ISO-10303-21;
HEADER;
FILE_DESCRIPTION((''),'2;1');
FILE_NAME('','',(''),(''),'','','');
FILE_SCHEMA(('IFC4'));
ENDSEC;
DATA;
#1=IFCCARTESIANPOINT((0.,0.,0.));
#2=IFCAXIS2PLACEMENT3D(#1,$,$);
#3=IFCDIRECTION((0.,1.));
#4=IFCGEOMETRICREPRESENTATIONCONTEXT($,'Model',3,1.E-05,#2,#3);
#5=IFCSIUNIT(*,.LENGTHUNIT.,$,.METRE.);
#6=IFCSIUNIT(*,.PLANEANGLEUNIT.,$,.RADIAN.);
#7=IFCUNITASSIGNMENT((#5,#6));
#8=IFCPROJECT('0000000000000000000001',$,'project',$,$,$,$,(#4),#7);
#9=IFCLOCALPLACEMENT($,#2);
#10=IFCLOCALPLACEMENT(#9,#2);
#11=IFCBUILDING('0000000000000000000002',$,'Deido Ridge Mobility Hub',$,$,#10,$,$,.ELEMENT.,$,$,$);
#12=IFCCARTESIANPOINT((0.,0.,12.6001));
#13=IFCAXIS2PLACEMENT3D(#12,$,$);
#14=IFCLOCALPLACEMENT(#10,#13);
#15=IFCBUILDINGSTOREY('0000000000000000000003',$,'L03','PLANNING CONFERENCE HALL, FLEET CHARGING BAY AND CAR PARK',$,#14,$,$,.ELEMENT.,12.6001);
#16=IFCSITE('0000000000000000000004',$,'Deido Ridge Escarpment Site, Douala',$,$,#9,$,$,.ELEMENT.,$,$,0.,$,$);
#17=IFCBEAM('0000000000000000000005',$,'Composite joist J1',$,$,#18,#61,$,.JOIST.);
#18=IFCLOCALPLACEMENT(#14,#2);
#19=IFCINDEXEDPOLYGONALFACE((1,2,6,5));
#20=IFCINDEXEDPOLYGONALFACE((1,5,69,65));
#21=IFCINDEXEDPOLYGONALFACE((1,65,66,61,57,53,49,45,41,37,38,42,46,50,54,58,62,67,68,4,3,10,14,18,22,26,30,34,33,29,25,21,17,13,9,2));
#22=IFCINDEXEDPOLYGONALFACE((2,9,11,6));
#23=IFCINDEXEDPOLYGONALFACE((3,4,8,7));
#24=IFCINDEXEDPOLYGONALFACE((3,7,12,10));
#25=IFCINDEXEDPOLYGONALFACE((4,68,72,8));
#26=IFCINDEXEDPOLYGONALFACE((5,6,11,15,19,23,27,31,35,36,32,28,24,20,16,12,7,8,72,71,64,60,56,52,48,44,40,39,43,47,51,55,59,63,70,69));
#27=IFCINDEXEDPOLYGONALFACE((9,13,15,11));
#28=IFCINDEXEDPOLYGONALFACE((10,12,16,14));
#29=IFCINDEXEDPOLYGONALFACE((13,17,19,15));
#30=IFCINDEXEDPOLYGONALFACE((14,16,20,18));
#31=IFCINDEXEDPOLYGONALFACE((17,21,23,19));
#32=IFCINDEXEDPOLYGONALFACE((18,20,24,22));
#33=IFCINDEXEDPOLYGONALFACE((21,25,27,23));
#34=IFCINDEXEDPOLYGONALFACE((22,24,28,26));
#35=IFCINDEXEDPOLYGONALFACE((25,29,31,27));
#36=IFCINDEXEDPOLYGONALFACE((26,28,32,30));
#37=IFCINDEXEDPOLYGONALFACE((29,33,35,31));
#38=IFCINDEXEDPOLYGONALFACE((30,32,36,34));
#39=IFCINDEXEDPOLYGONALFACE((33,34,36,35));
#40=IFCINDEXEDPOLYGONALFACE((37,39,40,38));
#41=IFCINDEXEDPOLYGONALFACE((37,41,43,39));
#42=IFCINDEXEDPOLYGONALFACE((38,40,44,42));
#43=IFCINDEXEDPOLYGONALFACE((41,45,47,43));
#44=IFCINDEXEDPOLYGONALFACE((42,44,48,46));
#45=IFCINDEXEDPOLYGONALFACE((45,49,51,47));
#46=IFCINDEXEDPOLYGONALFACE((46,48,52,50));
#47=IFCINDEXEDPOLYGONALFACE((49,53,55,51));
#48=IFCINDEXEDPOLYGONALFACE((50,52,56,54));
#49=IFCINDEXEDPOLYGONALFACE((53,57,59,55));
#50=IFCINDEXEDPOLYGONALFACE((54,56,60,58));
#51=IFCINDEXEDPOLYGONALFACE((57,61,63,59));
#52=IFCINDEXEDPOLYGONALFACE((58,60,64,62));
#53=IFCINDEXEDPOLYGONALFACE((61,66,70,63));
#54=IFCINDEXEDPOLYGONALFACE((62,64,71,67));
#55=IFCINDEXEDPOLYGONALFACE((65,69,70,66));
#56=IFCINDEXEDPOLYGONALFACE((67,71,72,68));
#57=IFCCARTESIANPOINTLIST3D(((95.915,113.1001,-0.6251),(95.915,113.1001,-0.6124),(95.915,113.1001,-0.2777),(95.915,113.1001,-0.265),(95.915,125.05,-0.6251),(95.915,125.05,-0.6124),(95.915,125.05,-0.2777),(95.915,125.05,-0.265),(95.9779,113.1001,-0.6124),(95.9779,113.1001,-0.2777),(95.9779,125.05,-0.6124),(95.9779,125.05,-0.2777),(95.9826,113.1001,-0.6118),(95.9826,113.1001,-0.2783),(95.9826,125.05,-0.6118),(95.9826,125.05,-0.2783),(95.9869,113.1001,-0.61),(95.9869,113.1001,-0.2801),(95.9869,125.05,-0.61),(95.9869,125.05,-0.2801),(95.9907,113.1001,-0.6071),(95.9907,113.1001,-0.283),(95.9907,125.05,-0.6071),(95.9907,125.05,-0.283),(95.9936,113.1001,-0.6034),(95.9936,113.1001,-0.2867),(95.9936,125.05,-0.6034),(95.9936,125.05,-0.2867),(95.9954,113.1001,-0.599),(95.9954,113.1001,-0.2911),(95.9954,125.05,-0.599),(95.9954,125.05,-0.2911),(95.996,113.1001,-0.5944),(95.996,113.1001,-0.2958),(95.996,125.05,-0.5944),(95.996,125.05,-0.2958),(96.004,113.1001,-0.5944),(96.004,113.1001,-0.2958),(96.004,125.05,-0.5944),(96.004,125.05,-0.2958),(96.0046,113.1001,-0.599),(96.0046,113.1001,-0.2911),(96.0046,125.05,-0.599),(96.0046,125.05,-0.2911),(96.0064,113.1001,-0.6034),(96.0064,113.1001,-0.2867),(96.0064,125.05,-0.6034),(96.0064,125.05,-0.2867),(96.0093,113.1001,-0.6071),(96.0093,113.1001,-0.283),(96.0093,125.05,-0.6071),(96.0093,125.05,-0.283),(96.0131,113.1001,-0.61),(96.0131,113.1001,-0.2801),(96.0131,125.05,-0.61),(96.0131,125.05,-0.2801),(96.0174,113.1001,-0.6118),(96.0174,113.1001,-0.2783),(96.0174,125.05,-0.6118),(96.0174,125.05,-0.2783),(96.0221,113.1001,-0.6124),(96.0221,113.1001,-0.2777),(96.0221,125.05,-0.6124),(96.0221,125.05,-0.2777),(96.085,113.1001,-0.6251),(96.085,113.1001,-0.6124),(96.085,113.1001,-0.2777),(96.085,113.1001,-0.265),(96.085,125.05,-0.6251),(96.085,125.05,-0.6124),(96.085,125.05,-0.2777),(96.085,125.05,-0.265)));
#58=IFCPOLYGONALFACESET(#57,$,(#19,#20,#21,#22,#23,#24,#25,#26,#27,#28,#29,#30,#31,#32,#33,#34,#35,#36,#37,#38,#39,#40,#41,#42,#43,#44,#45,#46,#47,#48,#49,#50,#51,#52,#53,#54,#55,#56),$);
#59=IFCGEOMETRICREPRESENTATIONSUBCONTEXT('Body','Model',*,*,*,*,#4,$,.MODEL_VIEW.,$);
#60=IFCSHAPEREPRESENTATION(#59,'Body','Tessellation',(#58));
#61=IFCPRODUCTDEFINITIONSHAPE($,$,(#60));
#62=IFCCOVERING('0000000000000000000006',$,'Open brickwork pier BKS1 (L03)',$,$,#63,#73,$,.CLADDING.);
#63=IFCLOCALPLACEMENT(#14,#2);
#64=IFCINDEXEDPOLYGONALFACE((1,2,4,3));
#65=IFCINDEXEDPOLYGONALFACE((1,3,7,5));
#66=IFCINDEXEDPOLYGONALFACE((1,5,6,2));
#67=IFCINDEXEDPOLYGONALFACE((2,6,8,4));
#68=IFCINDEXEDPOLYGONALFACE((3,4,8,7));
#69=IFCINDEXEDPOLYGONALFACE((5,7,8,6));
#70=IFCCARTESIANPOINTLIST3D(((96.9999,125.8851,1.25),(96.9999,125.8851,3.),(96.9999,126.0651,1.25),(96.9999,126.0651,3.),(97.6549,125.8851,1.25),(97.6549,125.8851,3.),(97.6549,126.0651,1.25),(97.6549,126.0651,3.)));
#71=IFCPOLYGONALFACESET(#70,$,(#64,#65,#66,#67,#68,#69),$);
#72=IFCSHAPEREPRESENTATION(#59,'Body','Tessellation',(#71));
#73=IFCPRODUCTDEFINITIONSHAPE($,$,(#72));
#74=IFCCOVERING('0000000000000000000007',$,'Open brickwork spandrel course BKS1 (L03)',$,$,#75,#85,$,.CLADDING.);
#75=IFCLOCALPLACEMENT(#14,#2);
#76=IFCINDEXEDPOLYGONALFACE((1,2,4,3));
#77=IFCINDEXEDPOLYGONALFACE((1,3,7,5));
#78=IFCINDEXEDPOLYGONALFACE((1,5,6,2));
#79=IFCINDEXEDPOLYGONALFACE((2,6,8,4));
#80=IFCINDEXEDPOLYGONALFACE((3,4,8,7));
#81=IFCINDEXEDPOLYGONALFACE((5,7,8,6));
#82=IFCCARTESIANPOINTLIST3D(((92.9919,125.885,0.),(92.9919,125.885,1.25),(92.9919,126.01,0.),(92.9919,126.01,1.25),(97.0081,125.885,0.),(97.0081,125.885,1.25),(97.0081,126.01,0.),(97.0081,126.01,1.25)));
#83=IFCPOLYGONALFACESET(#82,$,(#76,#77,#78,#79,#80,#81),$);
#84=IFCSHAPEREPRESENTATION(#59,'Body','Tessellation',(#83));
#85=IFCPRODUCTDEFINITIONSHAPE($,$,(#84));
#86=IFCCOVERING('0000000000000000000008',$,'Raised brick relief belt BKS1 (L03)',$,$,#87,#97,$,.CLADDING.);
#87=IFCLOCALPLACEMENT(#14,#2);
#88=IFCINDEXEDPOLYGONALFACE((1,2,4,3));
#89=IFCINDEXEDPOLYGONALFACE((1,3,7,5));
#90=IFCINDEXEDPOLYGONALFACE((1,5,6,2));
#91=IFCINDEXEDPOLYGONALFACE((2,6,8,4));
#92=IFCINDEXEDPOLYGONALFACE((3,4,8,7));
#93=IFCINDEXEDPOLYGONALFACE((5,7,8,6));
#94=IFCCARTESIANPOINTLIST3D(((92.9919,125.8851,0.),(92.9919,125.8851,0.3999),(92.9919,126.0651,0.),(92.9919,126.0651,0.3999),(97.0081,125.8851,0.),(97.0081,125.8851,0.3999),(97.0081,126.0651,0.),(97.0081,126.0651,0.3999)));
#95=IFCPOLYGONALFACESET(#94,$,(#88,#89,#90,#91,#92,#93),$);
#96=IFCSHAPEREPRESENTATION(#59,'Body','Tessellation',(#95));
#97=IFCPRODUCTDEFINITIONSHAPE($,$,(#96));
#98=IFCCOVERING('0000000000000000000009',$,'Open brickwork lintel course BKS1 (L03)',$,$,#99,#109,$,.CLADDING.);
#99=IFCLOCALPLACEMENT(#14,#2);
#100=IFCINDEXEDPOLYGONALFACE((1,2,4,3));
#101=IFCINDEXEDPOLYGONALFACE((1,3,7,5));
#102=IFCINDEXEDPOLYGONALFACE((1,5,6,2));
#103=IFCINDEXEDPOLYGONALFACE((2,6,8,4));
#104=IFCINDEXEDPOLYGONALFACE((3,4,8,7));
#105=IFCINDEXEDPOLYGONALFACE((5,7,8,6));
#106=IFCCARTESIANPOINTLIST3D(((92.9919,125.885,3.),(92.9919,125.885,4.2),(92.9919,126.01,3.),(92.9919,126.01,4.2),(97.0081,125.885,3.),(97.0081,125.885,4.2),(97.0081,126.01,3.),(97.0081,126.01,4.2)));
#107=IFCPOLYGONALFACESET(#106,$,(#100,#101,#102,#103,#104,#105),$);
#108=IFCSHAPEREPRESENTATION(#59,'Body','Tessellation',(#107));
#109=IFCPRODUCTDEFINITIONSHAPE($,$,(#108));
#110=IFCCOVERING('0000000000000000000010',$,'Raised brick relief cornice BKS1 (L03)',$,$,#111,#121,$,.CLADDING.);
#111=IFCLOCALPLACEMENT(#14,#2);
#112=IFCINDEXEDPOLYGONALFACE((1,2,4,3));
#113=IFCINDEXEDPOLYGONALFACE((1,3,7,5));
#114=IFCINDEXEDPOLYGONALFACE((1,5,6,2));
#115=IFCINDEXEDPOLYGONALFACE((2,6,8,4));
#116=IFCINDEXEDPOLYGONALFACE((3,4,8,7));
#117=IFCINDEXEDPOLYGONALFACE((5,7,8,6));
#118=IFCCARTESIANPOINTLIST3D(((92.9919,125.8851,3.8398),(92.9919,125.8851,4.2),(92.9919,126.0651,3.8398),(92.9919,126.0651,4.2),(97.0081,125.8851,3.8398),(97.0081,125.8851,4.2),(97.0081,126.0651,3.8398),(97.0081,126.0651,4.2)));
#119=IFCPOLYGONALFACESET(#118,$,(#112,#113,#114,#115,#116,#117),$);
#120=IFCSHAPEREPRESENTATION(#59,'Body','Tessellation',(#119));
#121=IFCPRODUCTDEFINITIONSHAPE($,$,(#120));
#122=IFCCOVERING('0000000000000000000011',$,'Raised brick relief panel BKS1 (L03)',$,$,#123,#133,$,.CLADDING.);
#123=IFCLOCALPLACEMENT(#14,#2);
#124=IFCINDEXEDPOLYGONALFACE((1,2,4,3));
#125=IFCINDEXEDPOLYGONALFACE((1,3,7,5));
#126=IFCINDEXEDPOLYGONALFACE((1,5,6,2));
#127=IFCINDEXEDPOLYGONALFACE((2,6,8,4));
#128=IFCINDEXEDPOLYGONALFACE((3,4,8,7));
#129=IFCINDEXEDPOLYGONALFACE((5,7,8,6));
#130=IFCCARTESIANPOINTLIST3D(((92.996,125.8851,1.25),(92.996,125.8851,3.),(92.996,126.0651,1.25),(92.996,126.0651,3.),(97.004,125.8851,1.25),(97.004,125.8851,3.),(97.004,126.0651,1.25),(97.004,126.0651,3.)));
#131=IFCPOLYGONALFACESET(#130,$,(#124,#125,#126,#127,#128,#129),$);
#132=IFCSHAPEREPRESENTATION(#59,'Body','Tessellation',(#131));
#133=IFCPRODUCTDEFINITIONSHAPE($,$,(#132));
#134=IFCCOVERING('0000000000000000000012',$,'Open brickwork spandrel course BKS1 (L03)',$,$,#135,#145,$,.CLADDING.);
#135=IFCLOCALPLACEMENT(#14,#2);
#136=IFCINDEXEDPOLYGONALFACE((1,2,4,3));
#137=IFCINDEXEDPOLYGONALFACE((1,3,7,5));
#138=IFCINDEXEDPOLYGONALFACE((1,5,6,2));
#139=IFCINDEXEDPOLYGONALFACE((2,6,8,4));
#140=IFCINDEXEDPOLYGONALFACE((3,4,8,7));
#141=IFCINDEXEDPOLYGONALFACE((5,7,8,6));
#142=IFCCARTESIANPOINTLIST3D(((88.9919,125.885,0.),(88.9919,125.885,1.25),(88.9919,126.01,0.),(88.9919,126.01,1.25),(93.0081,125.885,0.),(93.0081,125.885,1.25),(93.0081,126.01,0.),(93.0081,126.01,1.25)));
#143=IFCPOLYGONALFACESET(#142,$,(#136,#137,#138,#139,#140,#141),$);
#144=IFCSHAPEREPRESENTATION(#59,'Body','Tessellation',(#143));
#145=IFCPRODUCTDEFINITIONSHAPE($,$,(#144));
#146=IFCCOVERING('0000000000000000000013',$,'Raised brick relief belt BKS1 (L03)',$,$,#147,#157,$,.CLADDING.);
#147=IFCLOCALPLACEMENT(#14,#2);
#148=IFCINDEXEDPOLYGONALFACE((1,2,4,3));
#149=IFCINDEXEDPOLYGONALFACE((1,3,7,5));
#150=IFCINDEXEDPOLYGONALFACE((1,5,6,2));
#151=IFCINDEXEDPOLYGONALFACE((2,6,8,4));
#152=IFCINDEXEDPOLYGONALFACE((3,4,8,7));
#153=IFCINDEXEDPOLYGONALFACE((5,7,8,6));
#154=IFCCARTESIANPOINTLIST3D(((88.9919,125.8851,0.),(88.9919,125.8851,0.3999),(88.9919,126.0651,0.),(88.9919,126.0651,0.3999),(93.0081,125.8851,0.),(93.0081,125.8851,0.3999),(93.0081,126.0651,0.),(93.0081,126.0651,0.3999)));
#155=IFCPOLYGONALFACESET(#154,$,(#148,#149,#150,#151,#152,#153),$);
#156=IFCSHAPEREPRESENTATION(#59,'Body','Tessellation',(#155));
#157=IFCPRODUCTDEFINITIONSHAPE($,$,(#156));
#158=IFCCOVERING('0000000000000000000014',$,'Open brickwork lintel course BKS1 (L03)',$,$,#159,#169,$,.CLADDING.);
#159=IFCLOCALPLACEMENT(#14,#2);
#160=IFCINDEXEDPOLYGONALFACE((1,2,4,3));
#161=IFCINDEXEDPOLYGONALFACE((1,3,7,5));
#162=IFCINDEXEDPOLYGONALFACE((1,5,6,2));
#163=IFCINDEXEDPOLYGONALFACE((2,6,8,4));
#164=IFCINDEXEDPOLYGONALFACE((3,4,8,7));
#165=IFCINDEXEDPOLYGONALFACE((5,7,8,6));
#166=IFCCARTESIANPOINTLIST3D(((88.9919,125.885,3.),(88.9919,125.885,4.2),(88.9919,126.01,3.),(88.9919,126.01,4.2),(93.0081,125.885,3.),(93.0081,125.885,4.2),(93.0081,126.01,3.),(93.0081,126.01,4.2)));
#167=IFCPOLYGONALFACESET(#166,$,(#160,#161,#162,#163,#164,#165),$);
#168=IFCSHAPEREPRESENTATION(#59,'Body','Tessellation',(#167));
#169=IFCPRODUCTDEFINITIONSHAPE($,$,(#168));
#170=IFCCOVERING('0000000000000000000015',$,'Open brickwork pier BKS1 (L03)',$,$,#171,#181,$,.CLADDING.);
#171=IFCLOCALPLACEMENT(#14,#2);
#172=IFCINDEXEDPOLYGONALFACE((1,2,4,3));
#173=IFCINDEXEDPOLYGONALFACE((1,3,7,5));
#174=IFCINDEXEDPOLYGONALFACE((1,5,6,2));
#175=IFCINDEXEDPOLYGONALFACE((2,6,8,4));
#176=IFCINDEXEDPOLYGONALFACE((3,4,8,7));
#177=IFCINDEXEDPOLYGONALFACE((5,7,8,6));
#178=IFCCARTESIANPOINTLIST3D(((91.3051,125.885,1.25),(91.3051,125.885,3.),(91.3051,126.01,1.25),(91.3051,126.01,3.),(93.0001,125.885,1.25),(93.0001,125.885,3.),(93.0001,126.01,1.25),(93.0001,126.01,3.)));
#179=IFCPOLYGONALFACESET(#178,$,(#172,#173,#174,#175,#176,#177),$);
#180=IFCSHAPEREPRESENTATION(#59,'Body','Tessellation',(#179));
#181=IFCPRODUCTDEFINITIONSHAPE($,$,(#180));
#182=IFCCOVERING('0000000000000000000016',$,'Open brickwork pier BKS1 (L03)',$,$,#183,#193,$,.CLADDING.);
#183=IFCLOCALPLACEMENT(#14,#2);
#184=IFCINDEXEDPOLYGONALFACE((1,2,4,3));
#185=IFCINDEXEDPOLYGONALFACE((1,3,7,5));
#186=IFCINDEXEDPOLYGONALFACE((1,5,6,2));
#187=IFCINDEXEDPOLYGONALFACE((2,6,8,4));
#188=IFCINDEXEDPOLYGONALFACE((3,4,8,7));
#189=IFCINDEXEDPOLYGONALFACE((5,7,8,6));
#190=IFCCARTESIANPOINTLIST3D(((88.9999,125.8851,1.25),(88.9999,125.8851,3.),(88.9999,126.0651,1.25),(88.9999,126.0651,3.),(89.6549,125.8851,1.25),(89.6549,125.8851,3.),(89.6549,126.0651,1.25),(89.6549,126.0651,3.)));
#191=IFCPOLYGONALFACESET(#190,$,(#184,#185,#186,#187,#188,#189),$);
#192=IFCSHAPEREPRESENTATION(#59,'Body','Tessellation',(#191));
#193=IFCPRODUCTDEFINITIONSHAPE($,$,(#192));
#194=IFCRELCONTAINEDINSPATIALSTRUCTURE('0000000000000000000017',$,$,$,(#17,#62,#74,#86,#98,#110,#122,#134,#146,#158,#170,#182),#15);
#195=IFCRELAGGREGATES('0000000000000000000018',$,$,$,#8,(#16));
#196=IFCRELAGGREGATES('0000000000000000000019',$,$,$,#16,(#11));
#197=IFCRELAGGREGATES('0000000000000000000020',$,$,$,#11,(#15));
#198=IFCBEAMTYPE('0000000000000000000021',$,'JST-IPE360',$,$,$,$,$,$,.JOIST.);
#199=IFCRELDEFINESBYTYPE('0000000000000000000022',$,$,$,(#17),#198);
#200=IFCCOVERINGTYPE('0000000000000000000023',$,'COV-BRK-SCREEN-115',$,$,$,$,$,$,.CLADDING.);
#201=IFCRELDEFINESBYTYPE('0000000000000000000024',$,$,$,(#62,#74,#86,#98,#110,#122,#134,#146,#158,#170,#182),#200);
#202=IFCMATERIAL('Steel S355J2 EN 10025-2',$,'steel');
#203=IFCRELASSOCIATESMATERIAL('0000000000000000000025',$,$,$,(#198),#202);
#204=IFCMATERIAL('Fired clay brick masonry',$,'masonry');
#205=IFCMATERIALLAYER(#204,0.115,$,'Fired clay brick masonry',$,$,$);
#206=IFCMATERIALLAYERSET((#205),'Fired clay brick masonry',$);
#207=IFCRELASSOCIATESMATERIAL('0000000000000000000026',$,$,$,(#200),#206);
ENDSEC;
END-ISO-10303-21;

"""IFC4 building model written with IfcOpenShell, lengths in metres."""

from ifc_helpers import new_model, si_unit, direction, frame, origin, origin_2d, place, context, subcontext, project, spatial, rectangle, i_section, extrude, material, layer, layer_set, material_profile, profile_set, type_object, element, save


model = new_model("IFC4")

# Units and contexts
model_context = context("Model", 3, precision=1e-05, world=origin(), true_north=direction((0.0, 1.0)))
body_context = subcontext(model_context, "Body", "Model", "MODEL_VIEW")
ifc_project = project(units=[si_unit("LENGTHUNIT", "METRE"), si_unit("PLANEANGLEUNIT", "RADIAN")], contexts=[model_context])

# Site, building, storey
site_placement = place(None, origin())
site = spatial("IfcSite", under=ifc_project, at=site_placement, Name="Deido Ridge Escarpment Site, Douala", CompositionType="ELEMENT", RefElevation=0.0)
building_placement = place(site_placement, origin())
building = spatial("IfcBuilding", under=site, at=building_placement, Name="Deido Ridge Mobility Hub", CompositionType="ELEMENT")
storey_placement = place(building_placement, frame((0.0, 0.0, 12.6001)))
storey = spatial("IfcBuildingStorey", under=building, at=storey_placement, Name="L03", Description="PLANNING CONFERENCE HALL, FLEET CHARGING BAY AND CAR PARK", CompositionType="ELEMENT", Elevation=12.6001)

# Shared definitions
ifc_material_1 = material(Name="Steel S355J2 EN 10025-2", Category="steel")

# Beam
ifc_material_profile_1 = material_profile(ifc_material_1, i_section(OverallWidth=0.1699, OverallDepth=0.3601, WebThickness=0.0081, FlangeThickness=0.0127, FilletRadius=0.0181, at=origin_2d()), Name="IPE 360")
ifc_profile_set_1 = profile_set([ifc_material_profile_1], Name="Steel S355J2 EN 10025-2")
beam_type_1 = type_object("IfcBeamType", Name="JST-IPE360", PredefinedType="JOIST", material=ifc_profile_set_1)
for number, where, z_axis, x_axis, name in (
    (1, (96.0, 113.1001, -0.4451), (0.0, 1.0, 0.0), (-1.0, 0.0, 0.0), "Composite joist J1"),
):
    element("IfcBeam", number, at=place(storey_placement, frame(where, z_axis=z_axis, x_axis=x_axis)), inside=storey, type_object=beam_type_1, Name=name, PredefinedType="JOIST", context=body_context, shape_type="SweptSolid", body=[
        extrude(i_section(OverallWidth=0.1699, OverallDepth=0.3601, WebThickness=0.0081, FlangeThickness=0.0127, FilletRadius=0.0181, at=origin_2d()), origin(), (0.0, 0.0, 1.0), 11.95),
    ])

# Coverings
ifc_material_2 = material(Name="Fired clay brick masonry", Category="masonry")
ifc_layer = layer(ifc_material_2, 0.115, Name="Fired clay brick masonry")
ifc_layer_set = layer_set([ifc_layer], Name="Fired clay brick masonry")
covering_type = type_object("IfcCoveringType", Name="COV-BRK-SCREEN-115", PredefinedType="CLADDING", material=ifc_layer_set)
covering_1_placement = place(storey_placement, frame((97.3274, 125.9751, 1.25), z_axis=(0.0, 0.0, 1.0), x_axis=(-1.0, 0.0, 0.0)))
element("IfcCovering", 2, at=covering_1_placement, inside=storey, type_object=covering_type, Name="Open brickwork pier BKS1 (L03)", PredefinedType="CLADDING", context=body_context, shape_type="SweptSolid", body=[
    extrude(rectangle(XDim=0.655, YDim=0.1799, at=origin_2d()), origin(), (0.0, 0.0, 1.0), 1.75),
])
covering_2_placement = place(storey_placement, frame((95.0, 125.9475, 0.0), z_axis=(0.0, 0.0, 1.0), x_axis=(-1.0, 0.0, 0.0)))
element("IfcCovering", 3, at=covering_2_placement, inside=storey, type_object=covering_type, Name="Open brickwork spandrel course BKS1 (L03)", PredefinedType="CLADDING", context=body_context, shape_type="SweptSolid", body=[
    extrude(rectangle(XDim=4.0161, YDim=0.125, at=origin_2d()), origin(), (0.0, 0.0, 1.0), 1.25),
])
covering_3_placement = place(storey_placement, frame((95.0, 125.9751, 0.0), z_axis=(0.0, 0.0, 1.0), x_axis=(-1.0, 0.0, 0.0)))
element("IfcCovering", 4, at=covering_3_placement, inside=storey, type_object=covering_type, Name="Raised brick relief belt BKS1 (L03)", PredefinedType="CLADDING", context=body_context, shape_type="SweptSolid", body=[
    extrude(rectangle(XDim=4.0161, YDim=0.1799, at=origin_2d()), origin(), (0.0, 0.0, 1.0), 0.3999),
])
covering_4_placement = place(storey_placement, frame((95.0, 125.9475, 3.0), z_axis=(0.0, 0.0, 1.0), x_axis=(-1.0, 0.0, 0.0)))
element("IfcCovering", 5, at=covering_4_placement, inside=storey, type_object=covering_type, Name="Open brickwork lintel course BKS1 (L03)", PredefinedType="CLADDING", context=body_context, shape_type="SweptSolid", body=[
    extrude(rectangle(XDim=4.0161, YDim=0.125, at=origin_2d()), origin(), (0.0, 0.0, 1.0), 1.2),
])
covering_5_placement = place(storey_placement, frame((95.0, 125.9751, 3.8398), z_axis=(0.0, 0.0, 1.0), x_axis=(-1.0, 0.0, 0.0)))
element("IfcCovering", 6, at=covering_5_placement, inside=storey, type_object=covering_type, Name="Raised brick relief cornice BKS1 (L03)", PredefinedType="CLADDING", context=body_context, shape_type="SweptSolid", body=[
    extrude(rectangle(XDim=4.0161, YDim=0.1799, at=origin_2d()), origin(), (0.0, 0.0, 1.0), 0.3601),
])
covering_6_placement = place(storey_placement, frame((95.0, 125.9751, 1.25), z_axis=(0.0, 0.0, 1.0), x_axis=(-1.0, 0.0, 0.0)))
element("IfcCovering", 7, at=covering_6_placement, inside=storey, type_object=covering_type, Name="Raised brick relief panel BKS1 (L03)", PredefinedType="CLADDING", context=body_context, shape_type="SweptSolid", body=[
    extrude(rectangle(XDim=4.0081, YDim=0.1799, at=origin_2d()), origin(), (0.0, 0.0, 1.0), 1.75),
])
covering_7_placement = place(storey_placement, frame((91.0, 125.9475, 0.0), z_axis=(0.0, 0.0, 1.0), x_axis=(-1.0, 0.0, 0.0)))
element("IfcCovering", 8, at=covering_7_placement, inside=storey, type_object=covering_type, Name="Open brickwork spandrel course BKS1 (L03)", PredefinedType="CLADDING", context=body_context, shape_type="SweptSolid", body=[
    extrude(rectangle(XDim=4.0161, YDim=0.125, at=origin_2d()), origin(), (0.0, 0.0, 1.0), 1.25),
])
covering_8_placement = place(storey_placement, frame((91.0, 125.9751, 0.0), z_axis=(0.0, 0.0, 1.0), x_axis=(-1.0, 0.0, 0.0)))
element("IfcCovering", 9, at=covering_8_placement, inside=storey, type_object=covering_type, Name="Raised brick relief belt BKS1 (L03)", PredefinedType="CLADDING", context=body_context, shape_type="SweptSolid", body=[
    extrude(rectangle(XDim=4.0161, YDim=0.1799, at=origin_2d()), origin(), (0.0, 0.0, 1.0), 0.3999),
])
covering_9_placement = place(storey_placement, frame((91.0, 125.9475, 3.0), z_axis=(0.0, 0.0, 1.0), x_axis=(-1.0, 0.0, 0.0)))
element("IfcCovering", 10, at=covering_9_placement, inside=storey, type_object=covering_type, Name="Open brickwork lintel course BKS1 (L03)", PredefinedType="CLADDING", context=body_context, shape_type="SweptSolid", body=[
    extrude(rectangle(XDim=4.0161, YDim=0.125, at=origin_2d()), origin(), (0.0, 0.0, 1.0), 1.2),
])
covering_10_placement = place(storey_placement, frame((92.1526, 125.9475, 1.25), z_axis=(0.0, 0.0, 1.0), x_axis=(-1.0, 0.0, 0.0)))
element("IfcCovering", 11, at=covering_10_placement, inside=storey, type_object=covering_type, Name="Open brickwork pier BKS1 (L03)", PredefinedType="CLADDING", context=body_context, shape_type="SweptSolid", body=[
    extrude(rectangle(XDim=1.6951, YDim=0.125, at=origin_2d()), origin(), (0.0, 0.0, 1.0), 1.75),
])
covering_11_placement = place(storey_placement, frame((89.3274, 125.9751, 1.25), z_axis=(0.0, 0.0, 1.0), x_axis=(-1.0, 0.0, 0.0)))
element("IfcCovering", 12, at=covering_11_placement, inside=storey, type_object=covering_type, Name="Open brickwork pier BKS1 (L03)", PredefinedType="CLADDING", context=body_context, shape_type="SweptSolid", body=[
    extrude(rectangle(XDim=0.655, YDim=0.1799, at=origin_2d()), origin(), (0.0, 0.0, 1.0), 1.75),
])

save(model, "model.ifc")
